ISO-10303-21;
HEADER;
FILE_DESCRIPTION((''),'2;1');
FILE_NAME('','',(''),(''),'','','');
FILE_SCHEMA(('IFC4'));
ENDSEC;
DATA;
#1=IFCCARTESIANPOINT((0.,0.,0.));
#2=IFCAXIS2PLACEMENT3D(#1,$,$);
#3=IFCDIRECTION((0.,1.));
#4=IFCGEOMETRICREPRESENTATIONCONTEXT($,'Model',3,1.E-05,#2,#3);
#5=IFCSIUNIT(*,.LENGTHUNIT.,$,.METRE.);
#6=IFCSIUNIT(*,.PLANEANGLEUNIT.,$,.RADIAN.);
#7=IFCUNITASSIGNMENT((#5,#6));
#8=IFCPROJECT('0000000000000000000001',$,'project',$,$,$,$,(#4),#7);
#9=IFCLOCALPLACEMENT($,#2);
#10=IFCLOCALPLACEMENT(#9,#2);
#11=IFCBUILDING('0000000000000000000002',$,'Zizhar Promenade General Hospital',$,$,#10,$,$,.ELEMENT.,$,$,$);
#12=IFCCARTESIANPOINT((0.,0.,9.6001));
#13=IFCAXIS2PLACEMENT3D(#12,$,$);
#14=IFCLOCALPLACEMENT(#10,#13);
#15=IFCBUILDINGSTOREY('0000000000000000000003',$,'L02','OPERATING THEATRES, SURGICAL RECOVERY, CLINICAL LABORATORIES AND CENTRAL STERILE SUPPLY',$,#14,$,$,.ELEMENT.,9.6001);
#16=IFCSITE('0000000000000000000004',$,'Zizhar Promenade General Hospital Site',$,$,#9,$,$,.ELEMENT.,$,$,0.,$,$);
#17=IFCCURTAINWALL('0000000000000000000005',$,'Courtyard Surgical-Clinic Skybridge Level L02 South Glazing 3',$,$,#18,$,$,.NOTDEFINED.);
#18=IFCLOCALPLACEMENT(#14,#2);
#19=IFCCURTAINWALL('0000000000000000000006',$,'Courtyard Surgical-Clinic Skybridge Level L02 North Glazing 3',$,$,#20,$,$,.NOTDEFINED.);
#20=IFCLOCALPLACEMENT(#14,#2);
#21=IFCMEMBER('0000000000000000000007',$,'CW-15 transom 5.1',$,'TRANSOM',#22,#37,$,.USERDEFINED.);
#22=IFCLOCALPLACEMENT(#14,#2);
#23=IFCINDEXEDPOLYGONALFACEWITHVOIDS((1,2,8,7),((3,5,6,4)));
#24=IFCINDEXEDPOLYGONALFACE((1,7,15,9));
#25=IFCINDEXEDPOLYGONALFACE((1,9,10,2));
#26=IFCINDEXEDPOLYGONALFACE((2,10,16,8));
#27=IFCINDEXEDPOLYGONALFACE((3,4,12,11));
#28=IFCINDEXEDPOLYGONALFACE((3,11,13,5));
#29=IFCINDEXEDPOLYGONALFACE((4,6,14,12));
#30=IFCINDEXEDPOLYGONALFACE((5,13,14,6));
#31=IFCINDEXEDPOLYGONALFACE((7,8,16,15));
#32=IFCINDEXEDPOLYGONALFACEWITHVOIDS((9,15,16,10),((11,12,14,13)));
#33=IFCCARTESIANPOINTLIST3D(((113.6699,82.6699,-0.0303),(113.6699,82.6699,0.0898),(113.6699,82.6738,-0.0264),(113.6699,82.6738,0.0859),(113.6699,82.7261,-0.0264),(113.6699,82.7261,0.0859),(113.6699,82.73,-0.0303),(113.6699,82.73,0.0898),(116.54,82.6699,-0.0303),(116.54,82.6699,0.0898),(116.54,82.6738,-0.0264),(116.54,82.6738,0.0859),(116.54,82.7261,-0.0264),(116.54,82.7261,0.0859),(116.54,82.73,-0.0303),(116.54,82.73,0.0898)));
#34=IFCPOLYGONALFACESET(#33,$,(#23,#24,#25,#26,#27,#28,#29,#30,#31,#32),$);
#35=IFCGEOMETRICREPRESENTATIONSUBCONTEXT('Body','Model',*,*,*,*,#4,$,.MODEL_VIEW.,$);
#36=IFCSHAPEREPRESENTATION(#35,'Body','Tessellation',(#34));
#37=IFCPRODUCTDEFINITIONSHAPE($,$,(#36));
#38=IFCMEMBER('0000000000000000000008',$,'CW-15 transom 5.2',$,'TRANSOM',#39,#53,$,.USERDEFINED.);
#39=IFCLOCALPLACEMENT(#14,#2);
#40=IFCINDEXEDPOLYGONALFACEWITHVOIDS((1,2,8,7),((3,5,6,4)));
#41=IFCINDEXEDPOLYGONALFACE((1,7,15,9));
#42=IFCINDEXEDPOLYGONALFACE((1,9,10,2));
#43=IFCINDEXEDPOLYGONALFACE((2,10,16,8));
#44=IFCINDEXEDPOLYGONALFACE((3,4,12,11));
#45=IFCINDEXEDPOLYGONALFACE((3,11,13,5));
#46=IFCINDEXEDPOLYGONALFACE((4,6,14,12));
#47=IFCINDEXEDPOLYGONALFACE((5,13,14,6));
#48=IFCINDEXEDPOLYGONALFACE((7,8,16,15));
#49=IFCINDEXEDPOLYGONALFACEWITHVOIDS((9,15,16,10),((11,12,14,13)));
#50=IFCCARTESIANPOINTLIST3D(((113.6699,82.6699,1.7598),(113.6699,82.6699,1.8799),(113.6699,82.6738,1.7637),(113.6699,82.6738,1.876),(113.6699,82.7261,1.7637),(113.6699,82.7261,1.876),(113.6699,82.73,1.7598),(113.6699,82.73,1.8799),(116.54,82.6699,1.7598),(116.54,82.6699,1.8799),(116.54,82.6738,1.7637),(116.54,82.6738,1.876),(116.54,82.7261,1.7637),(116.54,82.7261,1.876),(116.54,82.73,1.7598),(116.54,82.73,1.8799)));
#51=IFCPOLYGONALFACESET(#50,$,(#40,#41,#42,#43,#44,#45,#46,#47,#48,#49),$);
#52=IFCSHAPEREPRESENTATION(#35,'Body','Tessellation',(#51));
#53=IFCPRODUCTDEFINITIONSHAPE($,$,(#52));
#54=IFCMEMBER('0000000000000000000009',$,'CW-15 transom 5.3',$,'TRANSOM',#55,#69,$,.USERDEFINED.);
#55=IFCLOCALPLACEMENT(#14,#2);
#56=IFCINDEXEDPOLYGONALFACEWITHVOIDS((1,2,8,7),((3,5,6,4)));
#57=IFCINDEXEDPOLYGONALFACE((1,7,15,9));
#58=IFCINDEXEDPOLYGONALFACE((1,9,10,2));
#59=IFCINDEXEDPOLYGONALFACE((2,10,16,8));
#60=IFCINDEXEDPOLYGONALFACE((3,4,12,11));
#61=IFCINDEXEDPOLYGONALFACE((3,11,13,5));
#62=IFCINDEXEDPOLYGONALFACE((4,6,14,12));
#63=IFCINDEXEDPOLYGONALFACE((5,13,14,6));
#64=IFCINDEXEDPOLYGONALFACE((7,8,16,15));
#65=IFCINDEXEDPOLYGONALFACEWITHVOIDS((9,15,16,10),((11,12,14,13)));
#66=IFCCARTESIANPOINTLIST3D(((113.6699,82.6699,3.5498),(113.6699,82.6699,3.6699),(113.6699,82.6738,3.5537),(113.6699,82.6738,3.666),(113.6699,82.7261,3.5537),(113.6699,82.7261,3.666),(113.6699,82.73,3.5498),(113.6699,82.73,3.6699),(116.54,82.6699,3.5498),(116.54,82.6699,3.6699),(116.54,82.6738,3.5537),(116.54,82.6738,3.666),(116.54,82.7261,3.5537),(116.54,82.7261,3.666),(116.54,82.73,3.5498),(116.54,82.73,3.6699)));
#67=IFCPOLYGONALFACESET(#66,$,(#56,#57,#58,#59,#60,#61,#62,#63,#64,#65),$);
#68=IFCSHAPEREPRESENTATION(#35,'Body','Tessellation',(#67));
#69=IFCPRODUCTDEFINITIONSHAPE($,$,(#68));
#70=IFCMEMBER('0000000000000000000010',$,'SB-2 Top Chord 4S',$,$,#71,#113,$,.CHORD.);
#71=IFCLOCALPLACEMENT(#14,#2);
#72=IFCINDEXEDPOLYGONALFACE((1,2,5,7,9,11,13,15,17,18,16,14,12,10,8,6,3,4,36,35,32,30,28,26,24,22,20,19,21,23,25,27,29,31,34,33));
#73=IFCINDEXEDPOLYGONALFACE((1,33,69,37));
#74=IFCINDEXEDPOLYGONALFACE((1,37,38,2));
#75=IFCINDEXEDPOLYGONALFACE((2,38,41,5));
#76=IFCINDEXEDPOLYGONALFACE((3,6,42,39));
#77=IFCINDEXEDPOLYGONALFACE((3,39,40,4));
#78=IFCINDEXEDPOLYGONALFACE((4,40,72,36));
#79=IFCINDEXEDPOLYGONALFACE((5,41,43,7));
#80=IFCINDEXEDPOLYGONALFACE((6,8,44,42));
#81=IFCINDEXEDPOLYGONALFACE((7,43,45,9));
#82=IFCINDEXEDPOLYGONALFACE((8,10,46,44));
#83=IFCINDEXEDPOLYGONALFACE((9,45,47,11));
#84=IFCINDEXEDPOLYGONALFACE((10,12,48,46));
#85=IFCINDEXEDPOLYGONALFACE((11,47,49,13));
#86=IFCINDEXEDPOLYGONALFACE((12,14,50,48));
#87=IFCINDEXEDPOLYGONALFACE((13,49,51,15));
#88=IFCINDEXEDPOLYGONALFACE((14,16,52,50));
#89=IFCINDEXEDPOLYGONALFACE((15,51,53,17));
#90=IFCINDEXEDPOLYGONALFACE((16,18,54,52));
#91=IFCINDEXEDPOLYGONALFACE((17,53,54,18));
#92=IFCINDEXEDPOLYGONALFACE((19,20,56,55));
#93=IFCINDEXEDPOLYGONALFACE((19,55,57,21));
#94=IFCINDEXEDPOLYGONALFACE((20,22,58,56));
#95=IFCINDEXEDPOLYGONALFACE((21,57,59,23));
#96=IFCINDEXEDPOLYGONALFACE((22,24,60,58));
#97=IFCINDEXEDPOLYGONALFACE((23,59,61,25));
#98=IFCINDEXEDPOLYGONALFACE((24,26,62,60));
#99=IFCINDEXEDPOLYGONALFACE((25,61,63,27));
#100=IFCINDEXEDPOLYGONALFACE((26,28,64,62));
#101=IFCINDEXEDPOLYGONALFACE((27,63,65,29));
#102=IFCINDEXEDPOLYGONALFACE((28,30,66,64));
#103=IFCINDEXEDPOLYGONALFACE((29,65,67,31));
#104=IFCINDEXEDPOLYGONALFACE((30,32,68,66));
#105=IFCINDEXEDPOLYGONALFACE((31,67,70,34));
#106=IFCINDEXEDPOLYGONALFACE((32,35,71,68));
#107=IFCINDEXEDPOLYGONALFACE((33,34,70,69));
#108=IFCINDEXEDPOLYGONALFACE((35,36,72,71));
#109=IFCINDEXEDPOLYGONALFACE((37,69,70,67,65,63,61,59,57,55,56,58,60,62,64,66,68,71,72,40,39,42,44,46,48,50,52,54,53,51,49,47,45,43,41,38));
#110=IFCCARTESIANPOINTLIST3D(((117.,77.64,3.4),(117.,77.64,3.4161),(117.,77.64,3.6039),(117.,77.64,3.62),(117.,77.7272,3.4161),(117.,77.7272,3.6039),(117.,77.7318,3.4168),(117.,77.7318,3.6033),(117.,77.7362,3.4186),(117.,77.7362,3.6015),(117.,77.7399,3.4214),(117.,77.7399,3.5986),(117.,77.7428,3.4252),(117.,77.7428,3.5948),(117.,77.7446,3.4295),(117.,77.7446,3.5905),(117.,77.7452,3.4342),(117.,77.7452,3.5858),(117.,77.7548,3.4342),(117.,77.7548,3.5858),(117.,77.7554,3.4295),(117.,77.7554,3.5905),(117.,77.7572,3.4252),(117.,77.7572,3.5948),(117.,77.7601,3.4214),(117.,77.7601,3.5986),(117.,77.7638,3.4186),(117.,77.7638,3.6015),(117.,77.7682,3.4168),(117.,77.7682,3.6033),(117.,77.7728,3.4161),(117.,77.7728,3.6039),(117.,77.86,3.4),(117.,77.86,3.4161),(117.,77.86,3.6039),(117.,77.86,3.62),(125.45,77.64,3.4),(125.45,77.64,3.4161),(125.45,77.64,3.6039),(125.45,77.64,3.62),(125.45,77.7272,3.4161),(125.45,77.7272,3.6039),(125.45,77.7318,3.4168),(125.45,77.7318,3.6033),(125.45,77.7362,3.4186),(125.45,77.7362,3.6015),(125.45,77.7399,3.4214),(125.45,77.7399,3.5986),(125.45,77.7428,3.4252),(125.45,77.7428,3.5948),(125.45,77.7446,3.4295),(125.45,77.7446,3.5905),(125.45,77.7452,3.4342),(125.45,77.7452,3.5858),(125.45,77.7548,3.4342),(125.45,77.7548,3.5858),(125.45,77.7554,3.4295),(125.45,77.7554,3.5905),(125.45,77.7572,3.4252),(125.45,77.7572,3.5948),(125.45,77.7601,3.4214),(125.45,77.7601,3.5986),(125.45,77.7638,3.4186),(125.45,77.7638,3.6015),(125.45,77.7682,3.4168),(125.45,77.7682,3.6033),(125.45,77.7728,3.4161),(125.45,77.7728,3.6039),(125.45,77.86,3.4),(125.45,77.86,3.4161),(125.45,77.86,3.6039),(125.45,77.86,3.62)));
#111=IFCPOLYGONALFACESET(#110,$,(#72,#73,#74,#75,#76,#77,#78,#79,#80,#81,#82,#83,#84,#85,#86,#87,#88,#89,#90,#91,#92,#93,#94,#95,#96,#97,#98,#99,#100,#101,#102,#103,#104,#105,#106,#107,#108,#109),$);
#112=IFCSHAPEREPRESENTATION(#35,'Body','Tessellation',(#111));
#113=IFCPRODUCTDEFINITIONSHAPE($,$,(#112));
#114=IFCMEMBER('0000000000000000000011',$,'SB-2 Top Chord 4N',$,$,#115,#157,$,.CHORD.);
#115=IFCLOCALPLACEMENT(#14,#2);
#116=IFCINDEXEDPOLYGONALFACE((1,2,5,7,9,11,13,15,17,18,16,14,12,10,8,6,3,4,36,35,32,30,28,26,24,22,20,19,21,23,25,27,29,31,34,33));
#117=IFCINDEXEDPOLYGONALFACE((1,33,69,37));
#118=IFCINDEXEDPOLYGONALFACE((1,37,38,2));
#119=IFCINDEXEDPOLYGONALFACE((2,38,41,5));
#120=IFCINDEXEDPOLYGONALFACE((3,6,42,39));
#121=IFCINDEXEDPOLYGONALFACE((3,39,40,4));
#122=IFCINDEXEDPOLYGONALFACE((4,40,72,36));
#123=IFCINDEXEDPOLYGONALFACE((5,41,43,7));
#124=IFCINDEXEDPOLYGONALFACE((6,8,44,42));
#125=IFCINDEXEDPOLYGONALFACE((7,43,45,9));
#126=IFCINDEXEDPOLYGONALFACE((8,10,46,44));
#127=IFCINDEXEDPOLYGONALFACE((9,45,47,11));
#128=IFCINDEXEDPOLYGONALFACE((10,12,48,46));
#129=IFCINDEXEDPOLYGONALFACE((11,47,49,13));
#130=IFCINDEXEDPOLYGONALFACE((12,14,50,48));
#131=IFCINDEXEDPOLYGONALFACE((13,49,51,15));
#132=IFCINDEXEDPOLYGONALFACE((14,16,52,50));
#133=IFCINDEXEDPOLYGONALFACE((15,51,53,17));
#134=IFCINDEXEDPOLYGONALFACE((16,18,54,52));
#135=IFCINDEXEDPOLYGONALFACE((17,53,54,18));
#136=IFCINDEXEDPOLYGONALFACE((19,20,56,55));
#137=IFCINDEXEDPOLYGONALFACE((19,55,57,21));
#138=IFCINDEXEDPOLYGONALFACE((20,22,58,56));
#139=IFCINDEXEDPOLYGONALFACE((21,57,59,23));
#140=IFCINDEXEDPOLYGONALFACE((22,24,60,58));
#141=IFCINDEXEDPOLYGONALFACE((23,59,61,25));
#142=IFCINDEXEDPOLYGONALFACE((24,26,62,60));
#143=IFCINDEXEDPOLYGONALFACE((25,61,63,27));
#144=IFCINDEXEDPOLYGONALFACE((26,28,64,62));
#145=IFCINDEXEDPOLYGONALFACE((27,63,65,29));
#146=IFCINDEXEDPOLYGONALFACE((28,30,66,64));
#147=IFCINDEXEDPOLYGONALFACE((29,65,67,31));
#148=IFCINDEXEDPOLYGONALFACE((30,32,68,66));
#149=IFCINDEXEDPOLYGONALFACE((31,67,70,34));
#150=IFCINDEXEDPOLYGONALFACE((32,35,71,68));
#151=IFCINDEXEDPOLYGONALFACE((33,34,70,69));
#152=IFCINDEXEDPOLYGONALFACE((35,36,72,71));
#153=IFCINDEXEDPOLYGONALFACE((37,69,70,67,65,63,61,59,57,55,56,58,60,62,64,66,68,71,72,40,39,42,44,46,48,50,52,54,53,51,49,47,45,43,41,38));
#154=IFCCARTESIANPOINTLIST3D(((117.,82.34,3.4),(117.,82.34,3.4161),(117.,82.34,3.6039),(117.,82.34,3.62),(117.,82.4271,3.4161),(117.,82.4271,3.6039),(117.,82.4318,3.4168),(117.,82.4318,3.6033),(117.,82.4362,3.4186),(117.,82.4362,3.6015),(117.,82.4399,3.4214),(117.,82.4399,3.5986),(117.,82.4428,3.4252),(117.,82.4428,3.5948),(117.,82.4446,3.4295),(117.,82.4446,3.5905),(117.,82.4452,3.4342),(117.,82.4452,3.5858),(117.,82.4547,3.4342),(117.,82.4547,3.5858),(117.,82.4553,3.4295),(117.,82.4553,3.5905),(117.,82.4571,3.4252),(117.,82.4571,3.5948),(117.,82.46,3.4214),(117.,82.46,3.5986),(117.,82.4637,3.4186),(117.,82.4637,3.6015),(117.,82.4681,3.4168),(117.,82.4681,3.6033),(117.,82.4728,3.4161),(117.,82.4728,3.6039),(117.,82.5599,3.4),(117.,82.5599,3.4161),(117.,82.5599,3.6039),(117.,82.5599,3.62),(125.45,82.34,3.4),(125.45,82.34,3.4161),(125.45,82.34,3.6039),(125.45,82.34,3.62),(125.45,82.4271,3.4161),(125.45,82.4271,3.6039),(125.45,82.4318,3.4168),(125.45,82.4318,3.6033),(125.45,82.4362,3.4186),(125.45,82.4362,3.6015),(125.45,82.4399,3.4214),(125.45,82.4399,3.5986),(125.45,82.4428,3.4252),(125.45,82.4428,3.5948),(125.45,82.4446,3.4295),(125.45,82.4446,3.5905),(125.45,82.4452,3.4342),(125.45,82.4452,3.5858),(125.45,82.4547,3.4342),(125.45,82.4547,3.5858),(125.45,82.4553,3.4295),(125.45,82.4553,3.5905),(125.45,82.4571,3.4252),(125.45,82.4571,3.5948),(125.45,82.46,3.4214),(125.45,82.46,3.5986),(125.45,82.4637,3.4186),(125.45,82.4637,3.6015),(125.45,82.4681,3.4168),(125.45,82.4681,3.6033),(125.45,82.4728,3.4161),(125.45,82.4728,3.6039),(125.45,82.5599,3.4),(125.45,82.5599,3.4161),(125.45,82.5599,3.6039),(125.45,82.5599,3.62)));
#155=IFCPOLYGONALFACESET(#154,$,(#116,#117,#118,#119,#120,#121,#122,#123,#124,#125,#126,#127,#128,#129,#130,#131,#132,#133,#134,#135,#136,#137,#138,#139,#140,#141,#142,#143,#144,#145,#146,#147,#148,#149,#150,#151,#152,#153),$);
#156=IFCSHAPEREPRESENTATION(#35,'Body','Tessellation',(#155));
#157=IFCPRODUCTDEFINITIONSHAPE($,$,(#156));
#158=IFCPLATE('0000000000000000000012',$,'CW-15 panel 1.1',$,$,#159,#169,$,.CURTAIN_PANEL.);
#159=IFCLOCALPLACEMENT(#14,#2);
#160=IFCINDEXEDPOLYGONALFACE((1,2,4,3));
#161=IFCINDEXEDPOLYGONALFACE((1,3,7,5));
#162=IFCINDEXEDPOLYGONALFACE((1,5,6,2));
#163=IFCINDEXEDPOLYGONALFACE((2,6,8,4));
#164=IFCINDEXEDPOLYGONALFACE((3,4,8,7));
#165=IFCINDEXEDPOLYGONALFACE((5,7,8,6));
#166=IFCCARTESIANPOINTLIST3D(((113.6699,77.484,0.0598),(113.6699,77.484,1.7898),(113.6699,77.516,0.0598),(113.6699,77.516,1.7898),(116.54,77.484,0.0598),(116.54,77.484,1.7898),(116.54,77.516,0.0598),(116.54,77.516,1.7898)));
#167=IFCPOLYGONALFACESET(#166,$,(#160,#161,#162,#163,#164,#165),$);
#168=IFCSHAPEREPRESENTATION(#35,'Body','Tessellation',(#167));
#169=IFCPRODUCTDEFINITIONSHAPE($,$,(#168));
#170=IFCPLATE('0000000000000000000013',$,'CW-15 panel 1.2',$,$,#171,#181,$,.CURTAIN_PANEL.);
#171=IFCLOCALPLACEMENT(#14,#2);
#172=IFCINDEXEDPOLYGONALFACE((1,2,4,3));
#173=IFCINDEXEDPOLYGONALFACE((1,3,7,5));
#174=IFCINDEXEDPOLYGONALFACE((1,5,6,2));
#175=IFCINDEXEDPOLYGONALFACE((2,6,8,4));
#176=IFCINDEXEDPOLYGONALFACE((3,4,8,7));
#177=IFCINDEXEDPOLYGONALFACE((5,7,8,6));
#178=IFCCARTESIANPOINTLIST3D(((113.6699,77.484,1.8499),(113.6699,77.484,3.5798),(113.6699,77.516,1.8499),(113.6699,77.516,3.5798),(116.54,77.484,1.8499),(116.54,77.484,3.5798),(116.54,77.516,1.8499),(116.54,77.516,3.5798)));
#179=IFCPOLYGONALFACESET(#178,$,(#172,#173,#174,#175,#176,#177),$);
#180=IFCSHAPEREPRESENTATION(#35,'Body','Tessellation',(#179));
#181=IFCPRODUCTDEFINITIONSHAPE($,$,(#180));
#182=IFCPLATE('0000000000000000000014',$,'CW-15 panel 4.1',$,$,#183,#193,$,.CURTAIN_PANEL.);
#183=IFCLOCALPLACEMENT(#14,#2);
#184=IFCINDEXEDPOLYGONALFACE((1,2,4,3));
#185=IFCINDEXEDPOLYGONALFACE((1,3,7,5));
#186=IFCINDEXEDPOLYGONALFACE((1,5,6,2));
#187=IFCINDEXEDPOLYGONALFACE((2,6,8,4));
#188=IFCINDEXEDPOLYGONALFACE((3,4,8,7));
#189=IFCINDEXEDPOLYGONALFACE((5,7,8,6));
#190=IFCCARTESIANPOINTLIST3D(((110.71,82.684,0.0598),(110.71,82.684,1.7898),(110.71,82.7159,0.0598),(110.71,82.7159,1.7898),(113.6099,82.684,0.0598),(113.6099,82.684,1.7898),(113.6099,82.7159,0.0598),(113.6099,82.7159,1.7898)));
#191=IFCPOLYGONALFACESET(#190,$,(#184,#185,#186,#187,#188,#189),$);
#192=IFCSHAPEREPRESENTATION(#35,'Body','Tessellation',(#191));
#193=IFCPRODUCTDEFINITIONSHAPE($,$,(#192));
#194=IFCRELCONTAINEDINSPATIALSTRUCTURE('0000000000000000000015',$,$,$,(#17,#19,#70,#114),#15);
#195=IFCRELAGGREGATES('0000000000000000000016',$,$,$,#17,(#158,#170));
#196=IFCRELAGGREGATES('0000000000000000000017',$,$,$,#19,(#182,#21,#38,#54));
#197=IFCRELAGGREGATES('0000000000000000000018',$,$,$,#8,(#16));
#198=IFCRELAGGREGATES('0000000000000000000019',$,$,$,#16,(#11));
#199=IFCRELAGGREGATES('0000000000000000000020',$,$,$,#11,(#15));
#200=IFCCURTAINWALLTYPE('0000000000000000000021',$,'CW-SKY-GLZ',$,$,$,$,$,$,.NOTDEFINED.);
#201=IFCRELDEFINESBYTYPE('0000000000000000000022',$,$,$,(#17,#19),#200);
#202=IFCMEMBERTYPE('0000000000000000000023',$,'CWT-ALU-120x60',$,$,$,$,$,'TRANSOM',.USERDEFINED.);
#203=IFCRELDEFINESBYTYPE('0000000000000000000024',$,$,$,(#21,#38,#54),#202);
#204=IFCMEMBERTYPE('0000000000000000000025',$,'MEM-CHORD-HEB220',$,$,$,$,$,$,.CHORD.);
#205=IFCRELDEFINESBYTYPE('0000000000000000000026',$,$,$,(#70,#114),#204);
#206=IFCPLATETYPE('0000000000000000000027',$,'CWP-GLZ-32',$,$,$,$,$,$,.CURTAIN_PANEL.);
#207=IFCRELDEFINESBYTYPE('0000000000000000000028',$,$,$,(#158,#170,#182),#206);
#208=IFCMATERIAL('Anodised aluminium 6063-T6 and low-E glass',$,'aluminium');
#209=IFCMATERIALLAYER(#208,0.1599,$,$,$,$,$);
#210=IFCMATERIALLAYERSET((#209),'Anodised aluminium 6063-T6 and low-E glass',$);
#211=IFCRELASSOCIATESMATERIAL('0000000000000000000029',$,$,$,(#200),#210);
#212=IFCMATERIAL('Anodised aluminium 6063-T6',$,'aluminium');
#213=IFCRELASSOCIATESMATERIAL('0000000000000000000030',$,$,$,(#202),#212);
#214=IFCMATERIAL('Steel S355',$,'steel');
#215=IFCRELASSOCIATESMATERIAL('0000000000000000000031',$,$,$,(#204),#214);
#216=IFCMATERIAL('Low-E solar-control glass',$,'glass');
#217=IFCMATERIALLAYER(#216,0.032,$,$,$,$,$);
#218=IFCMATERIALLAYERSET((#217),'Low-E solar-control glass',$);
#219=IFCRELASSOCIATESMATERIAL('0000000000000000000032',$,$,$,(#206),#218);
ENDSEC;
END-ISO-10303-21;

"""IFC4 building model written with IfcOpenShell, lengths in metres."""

from ifc_helpers import new_model, si_unit, direction, frame, origin, origin_2d, place, context, subcontext, project, spatial, rectangle, hollow_rectangle, i_section, extrude, material, layer, layer_set, material_profile, profile_set, type_object, element, aggregate, save


model = new_model("IFC4")

# Units and contexts
model_context = context("Model", 3, precision=1e-05, world=origin(), true_north=direction((0.0, 1.0)))
body_context = subcontext(model_context, "Body", "Model", "MODEL_VIEW")
ifc_project = project(units=[si_unit("LENGTHUNIT", "METRE"), si_unit("PLANEANGLEUNIT", "RADIAN")], contexts=[model_context])

# Site, building, storey
site_placement = place(None, origin())
site = spatial("IfcSite", under=ifc_project, at=site_placement, Name="Zizhar Promenade General Hospital Site", CompositionType="ELEMENT", RefElevation=0.0)
building_placement = place(site_placement, origin())
building = spatial("IfcBuilding", under=site, at=building_placement, Name="Zizhar Promenade General Hospital", CompositionType="ELEMENT")
storey_placement = place(building_placement, frame((0.0, 0.0, 9.6001)))
storey = spatial("IfcBuildingStorey", under=building, at=storey_placement, Name="L02", Description="OPERATING THEATRES, SURGICAL RECOVERY, CLINICAL LABORATORIES AND CENTRAL STERILE SUPPLY", CompositionType="ELEMENT", Elevation=9.6001)

# Curtain walls
ifc_material_1 = material(Name="Anodised aluminium 6063-T6 and low-E glass", Category="aluminium")
ifc_layer_1 = layer(ifc_material_1, 0.1599)
ifc_layer_set_1 = layer_set([ifc_layer_1], Name="Anodised aluminium 6063-T6 and low-E glass")
curtain_wall_type = type_object("IfcCurtainWallType", Name="CW-SKY-GLZ", PredefinedType="NOTDEFINED", material=ifc_layer_set_1)
curtain_wall_1_placement = place(storey_placement, origin())
curtain_wall_1 = element("IfcCurtainWall", 1, at=curtain_wall_1_placement, inside=storey, type_object=curtain_wall_type, Name="Courtyard Surgical-Clinic Skybridge Level L02 South Glazing 3", PredefinedType="NOTDEFINED")
curtain_wall_2_placement = place(storey_placement, origin())
curtain_wall_2 = element("IfcCurtainWall", 2, at=curtain_wall_2_placement, inside=storey, type_object=curtain_wall_type, Name="Courtyard Surgical-Clinic Skybridge Level L02 North Glazing 3", PredefinedType="NOTDEFINED")

# Members
ifc_material_2 = material(Name="Anodised aluminium 6063-T6", Category="aluminium")
ifc_material_profile_1 = material_profile(ifc_material_2, hollow_rectangle(XDim=0.0601, YDim=0.1201, WallThickness=0.0039, at=origin_2d()))
ifc_profile_set_1 = profile_set([ifc_material_profile_1], Name="Anodised aluminium 6063-T6")
member_type_1 = type_object("IfcMemberType", Name="CWT-ALU-120x60", ElementType="TRANSOM", PredefinedType="USERDEFINED", material=ifc_profile_set_1)
member_1_placement = place(storey_placement, frame((113.6699, 82.7, 0.0298), z_axis=(1.0, 0.0, 0.0), x_axis=(0.0, 1.0, 0.0)))
member_1 = element("IfcMember", 3, at=member_1_placement, type_object=member_type_1, Name="CW-15 transom 5.1", ObjectType="TRANSOM", PredefinedType="USERDEFINED", context=body_context, shape_type="SweptSolid", body=[
    extrude(hollow_rectangle(XDim=0.0601, YDim=0.1201, WallThickness=0.0039, at=origin_2d()), origin(), (0.0, 0.0, 1.0), 2.8701),
])
member_2_placement = place(storey_placement, frame((113.6699, 82.7, 1.8198), z_axis=(1.0, 0.0, 0.0), x_axis=(0.0, 1.0, 0.0)))
member_2 = element("IfcMember", 4, at=member_2_placement, type_object=member_type_1, Name="CW-15 transom 5.2", ObjectType="TRANSOM", PredefinedType="USERDEFINED", context=body_context, shape_type="SweptSolid", body=[
    extrude(hollow_rectangle(XDim=0.0601, YDim=0.1201, WallThickness=0.0039, at=origin_2d()), origin(), (0.0, 0.0, 1.0), 2.8701),
])
member_3_placement = place(storey_placement, frame((113.6699, 82.7, 3.6099), z_axis=(1.0, 0.0, 0.0), x_axis=(0.0, 1.0, 0.0)))
member_3 = element("IfcMember", 5, at=member_3_placement, type_object=member_type_1, Name="CW-15 transom 5.3", ObjectType="TRANSOM", PredefinedType="USERDEFINED", context=body_context, shape_type="SweptSolid", body=[
    extrude(hollow_rectangle(XDim=0.0601, YDim=0.1201, WallThickness=0.0039, at=origin_2d()), origin(), (0.0, 0.0, 1.0), 2.8701),
])

# Members
ifc_material_3 = material(Name="Steel S355", Category="steel")
ifc_material_profile_2 = material_profile(ifc_material_3, i_section(OverallWidth=0.22, OverallDepth=0.22, WebThickness=0.0095, FlangeThickness=0.0161, FilletRadius=0.0181, at=origin_2d()))
ifc_profile_set_2 = profile_set([ifc_material_profile_2], Name="Steel S355")
member_type_2 = type_object("IfcMemberType", Name="MEM-CHORD-HEB220", PredefinedType="CHORD", material=ifc_profile_set_2)
for number, where, z_axis, x_axis, name in (
    (6, (117.0, 77.75, 3.51), (1.0, 0.0, 0.0), (0.0, 1.0, 0.0), "SB-2 Top Chord 4S"),
    (7, (117.0, 82.45, 3.51), (1.0, 0.0, 0.0), (0.0, 1.0, 0.0), "SB-2 Top Chord 4N"),
):
    element("IfcMember", number, at=place(storey_placement, frame(where, z_axis=z_axis, x_axis=x_axis)), inside=storey, type_object=member_type_2, Name=name, PredefinedType="CHORD", context=body_context, shape_type="SweptSolid", body=[
        extrude(i_section(OverallWidth=0.22, OverallDepth=0.22, WebThickness=0.0095, FlangeThickness=0.0161, FilletRadius=0.0181, at=origin_2d()), origin(), (0.0, 0.0, 1.0), 8.45),
    ])

# Plates
ifc_material_4 = material(Name="Low-E solar-control glass", Category="glass")
ifc_layer_2 = layer(ifc_material_4, 0.032)
ifc_layer_set_2 = layer_set([ifc_layer_2], Name="Low-E solar-control glass")
plate_type = type_object("IfcPlateType", Name="CWP-GLZ-32", PredefinedType="CURTAIN_PANEL", material=ifc_layer_set_2)
plate_1_placement = place(storey_placement, frame((115.105, 77.5, 0.0598), z_axis=(0.0, 0.0, 1.0), x_axis=(-1.0, 0.0, 0.0)))
plate_1 = element("IfcPlate", 8, at=plate_1_placement, type_object=plate_type, Name="CW-15 panel 1.1", PredefinedType="CURTAIN_PANEL", context=body_context, shape_type="SweptSolid", body=[
    extrude(rectangle(XDim=2.8701, YDim=0.032, at=origin_2d()), origin(), (0.0, 0.0, 1.0), 1.73),
])
plate_2_placement = place(storey_placement, frame((115.105, 77.5, 1.8499), z_axis=(0.0, 0.0, 1.0), x_axis=(-1.0, 0.0, 0.0)))
plate_2 = element("IfcPlate", 9, at=plate_2_placement, type_object=plate_type, Name="CW-15 panel 1.2", PredefinedType="CURTAIN_PANEL", context=body_context, shape_type="SweptSolid", body=[
    extrude(rectangle(XDim=2.8701, YDim=0.032, at=origin_2d()), origin(), (0.0, 0.0, 1.0), 1.73),
])
aggregate(curtain_wall_1, [plate_1, plate_2])
plate_3_placement = place(storey_placement, frame((112.1599, 82.7, 0.0598), z_axis=(0.0, 0.0, 1.0), x_axis=(1.0, 0.0, 0.0)))
plate_3 = element("IfcPlate", 10, at=plate_3_placement, type_object=plate_type, Name="CW-15 panel 4.1", PredefinedType="CURTAIN_PANEL", context=body_context, shape_type="SweptSolid", body=[
    extrude(rectangle(XDim=2.8999, YDim=0.032, at=origin_2d()), origin(), (0.0, 0.0, 1.0), 1.73),
])
aggregate(curtain_wall_2, [plate_3, member_1, member_2, member_3])

save(model, "model.ifc")
